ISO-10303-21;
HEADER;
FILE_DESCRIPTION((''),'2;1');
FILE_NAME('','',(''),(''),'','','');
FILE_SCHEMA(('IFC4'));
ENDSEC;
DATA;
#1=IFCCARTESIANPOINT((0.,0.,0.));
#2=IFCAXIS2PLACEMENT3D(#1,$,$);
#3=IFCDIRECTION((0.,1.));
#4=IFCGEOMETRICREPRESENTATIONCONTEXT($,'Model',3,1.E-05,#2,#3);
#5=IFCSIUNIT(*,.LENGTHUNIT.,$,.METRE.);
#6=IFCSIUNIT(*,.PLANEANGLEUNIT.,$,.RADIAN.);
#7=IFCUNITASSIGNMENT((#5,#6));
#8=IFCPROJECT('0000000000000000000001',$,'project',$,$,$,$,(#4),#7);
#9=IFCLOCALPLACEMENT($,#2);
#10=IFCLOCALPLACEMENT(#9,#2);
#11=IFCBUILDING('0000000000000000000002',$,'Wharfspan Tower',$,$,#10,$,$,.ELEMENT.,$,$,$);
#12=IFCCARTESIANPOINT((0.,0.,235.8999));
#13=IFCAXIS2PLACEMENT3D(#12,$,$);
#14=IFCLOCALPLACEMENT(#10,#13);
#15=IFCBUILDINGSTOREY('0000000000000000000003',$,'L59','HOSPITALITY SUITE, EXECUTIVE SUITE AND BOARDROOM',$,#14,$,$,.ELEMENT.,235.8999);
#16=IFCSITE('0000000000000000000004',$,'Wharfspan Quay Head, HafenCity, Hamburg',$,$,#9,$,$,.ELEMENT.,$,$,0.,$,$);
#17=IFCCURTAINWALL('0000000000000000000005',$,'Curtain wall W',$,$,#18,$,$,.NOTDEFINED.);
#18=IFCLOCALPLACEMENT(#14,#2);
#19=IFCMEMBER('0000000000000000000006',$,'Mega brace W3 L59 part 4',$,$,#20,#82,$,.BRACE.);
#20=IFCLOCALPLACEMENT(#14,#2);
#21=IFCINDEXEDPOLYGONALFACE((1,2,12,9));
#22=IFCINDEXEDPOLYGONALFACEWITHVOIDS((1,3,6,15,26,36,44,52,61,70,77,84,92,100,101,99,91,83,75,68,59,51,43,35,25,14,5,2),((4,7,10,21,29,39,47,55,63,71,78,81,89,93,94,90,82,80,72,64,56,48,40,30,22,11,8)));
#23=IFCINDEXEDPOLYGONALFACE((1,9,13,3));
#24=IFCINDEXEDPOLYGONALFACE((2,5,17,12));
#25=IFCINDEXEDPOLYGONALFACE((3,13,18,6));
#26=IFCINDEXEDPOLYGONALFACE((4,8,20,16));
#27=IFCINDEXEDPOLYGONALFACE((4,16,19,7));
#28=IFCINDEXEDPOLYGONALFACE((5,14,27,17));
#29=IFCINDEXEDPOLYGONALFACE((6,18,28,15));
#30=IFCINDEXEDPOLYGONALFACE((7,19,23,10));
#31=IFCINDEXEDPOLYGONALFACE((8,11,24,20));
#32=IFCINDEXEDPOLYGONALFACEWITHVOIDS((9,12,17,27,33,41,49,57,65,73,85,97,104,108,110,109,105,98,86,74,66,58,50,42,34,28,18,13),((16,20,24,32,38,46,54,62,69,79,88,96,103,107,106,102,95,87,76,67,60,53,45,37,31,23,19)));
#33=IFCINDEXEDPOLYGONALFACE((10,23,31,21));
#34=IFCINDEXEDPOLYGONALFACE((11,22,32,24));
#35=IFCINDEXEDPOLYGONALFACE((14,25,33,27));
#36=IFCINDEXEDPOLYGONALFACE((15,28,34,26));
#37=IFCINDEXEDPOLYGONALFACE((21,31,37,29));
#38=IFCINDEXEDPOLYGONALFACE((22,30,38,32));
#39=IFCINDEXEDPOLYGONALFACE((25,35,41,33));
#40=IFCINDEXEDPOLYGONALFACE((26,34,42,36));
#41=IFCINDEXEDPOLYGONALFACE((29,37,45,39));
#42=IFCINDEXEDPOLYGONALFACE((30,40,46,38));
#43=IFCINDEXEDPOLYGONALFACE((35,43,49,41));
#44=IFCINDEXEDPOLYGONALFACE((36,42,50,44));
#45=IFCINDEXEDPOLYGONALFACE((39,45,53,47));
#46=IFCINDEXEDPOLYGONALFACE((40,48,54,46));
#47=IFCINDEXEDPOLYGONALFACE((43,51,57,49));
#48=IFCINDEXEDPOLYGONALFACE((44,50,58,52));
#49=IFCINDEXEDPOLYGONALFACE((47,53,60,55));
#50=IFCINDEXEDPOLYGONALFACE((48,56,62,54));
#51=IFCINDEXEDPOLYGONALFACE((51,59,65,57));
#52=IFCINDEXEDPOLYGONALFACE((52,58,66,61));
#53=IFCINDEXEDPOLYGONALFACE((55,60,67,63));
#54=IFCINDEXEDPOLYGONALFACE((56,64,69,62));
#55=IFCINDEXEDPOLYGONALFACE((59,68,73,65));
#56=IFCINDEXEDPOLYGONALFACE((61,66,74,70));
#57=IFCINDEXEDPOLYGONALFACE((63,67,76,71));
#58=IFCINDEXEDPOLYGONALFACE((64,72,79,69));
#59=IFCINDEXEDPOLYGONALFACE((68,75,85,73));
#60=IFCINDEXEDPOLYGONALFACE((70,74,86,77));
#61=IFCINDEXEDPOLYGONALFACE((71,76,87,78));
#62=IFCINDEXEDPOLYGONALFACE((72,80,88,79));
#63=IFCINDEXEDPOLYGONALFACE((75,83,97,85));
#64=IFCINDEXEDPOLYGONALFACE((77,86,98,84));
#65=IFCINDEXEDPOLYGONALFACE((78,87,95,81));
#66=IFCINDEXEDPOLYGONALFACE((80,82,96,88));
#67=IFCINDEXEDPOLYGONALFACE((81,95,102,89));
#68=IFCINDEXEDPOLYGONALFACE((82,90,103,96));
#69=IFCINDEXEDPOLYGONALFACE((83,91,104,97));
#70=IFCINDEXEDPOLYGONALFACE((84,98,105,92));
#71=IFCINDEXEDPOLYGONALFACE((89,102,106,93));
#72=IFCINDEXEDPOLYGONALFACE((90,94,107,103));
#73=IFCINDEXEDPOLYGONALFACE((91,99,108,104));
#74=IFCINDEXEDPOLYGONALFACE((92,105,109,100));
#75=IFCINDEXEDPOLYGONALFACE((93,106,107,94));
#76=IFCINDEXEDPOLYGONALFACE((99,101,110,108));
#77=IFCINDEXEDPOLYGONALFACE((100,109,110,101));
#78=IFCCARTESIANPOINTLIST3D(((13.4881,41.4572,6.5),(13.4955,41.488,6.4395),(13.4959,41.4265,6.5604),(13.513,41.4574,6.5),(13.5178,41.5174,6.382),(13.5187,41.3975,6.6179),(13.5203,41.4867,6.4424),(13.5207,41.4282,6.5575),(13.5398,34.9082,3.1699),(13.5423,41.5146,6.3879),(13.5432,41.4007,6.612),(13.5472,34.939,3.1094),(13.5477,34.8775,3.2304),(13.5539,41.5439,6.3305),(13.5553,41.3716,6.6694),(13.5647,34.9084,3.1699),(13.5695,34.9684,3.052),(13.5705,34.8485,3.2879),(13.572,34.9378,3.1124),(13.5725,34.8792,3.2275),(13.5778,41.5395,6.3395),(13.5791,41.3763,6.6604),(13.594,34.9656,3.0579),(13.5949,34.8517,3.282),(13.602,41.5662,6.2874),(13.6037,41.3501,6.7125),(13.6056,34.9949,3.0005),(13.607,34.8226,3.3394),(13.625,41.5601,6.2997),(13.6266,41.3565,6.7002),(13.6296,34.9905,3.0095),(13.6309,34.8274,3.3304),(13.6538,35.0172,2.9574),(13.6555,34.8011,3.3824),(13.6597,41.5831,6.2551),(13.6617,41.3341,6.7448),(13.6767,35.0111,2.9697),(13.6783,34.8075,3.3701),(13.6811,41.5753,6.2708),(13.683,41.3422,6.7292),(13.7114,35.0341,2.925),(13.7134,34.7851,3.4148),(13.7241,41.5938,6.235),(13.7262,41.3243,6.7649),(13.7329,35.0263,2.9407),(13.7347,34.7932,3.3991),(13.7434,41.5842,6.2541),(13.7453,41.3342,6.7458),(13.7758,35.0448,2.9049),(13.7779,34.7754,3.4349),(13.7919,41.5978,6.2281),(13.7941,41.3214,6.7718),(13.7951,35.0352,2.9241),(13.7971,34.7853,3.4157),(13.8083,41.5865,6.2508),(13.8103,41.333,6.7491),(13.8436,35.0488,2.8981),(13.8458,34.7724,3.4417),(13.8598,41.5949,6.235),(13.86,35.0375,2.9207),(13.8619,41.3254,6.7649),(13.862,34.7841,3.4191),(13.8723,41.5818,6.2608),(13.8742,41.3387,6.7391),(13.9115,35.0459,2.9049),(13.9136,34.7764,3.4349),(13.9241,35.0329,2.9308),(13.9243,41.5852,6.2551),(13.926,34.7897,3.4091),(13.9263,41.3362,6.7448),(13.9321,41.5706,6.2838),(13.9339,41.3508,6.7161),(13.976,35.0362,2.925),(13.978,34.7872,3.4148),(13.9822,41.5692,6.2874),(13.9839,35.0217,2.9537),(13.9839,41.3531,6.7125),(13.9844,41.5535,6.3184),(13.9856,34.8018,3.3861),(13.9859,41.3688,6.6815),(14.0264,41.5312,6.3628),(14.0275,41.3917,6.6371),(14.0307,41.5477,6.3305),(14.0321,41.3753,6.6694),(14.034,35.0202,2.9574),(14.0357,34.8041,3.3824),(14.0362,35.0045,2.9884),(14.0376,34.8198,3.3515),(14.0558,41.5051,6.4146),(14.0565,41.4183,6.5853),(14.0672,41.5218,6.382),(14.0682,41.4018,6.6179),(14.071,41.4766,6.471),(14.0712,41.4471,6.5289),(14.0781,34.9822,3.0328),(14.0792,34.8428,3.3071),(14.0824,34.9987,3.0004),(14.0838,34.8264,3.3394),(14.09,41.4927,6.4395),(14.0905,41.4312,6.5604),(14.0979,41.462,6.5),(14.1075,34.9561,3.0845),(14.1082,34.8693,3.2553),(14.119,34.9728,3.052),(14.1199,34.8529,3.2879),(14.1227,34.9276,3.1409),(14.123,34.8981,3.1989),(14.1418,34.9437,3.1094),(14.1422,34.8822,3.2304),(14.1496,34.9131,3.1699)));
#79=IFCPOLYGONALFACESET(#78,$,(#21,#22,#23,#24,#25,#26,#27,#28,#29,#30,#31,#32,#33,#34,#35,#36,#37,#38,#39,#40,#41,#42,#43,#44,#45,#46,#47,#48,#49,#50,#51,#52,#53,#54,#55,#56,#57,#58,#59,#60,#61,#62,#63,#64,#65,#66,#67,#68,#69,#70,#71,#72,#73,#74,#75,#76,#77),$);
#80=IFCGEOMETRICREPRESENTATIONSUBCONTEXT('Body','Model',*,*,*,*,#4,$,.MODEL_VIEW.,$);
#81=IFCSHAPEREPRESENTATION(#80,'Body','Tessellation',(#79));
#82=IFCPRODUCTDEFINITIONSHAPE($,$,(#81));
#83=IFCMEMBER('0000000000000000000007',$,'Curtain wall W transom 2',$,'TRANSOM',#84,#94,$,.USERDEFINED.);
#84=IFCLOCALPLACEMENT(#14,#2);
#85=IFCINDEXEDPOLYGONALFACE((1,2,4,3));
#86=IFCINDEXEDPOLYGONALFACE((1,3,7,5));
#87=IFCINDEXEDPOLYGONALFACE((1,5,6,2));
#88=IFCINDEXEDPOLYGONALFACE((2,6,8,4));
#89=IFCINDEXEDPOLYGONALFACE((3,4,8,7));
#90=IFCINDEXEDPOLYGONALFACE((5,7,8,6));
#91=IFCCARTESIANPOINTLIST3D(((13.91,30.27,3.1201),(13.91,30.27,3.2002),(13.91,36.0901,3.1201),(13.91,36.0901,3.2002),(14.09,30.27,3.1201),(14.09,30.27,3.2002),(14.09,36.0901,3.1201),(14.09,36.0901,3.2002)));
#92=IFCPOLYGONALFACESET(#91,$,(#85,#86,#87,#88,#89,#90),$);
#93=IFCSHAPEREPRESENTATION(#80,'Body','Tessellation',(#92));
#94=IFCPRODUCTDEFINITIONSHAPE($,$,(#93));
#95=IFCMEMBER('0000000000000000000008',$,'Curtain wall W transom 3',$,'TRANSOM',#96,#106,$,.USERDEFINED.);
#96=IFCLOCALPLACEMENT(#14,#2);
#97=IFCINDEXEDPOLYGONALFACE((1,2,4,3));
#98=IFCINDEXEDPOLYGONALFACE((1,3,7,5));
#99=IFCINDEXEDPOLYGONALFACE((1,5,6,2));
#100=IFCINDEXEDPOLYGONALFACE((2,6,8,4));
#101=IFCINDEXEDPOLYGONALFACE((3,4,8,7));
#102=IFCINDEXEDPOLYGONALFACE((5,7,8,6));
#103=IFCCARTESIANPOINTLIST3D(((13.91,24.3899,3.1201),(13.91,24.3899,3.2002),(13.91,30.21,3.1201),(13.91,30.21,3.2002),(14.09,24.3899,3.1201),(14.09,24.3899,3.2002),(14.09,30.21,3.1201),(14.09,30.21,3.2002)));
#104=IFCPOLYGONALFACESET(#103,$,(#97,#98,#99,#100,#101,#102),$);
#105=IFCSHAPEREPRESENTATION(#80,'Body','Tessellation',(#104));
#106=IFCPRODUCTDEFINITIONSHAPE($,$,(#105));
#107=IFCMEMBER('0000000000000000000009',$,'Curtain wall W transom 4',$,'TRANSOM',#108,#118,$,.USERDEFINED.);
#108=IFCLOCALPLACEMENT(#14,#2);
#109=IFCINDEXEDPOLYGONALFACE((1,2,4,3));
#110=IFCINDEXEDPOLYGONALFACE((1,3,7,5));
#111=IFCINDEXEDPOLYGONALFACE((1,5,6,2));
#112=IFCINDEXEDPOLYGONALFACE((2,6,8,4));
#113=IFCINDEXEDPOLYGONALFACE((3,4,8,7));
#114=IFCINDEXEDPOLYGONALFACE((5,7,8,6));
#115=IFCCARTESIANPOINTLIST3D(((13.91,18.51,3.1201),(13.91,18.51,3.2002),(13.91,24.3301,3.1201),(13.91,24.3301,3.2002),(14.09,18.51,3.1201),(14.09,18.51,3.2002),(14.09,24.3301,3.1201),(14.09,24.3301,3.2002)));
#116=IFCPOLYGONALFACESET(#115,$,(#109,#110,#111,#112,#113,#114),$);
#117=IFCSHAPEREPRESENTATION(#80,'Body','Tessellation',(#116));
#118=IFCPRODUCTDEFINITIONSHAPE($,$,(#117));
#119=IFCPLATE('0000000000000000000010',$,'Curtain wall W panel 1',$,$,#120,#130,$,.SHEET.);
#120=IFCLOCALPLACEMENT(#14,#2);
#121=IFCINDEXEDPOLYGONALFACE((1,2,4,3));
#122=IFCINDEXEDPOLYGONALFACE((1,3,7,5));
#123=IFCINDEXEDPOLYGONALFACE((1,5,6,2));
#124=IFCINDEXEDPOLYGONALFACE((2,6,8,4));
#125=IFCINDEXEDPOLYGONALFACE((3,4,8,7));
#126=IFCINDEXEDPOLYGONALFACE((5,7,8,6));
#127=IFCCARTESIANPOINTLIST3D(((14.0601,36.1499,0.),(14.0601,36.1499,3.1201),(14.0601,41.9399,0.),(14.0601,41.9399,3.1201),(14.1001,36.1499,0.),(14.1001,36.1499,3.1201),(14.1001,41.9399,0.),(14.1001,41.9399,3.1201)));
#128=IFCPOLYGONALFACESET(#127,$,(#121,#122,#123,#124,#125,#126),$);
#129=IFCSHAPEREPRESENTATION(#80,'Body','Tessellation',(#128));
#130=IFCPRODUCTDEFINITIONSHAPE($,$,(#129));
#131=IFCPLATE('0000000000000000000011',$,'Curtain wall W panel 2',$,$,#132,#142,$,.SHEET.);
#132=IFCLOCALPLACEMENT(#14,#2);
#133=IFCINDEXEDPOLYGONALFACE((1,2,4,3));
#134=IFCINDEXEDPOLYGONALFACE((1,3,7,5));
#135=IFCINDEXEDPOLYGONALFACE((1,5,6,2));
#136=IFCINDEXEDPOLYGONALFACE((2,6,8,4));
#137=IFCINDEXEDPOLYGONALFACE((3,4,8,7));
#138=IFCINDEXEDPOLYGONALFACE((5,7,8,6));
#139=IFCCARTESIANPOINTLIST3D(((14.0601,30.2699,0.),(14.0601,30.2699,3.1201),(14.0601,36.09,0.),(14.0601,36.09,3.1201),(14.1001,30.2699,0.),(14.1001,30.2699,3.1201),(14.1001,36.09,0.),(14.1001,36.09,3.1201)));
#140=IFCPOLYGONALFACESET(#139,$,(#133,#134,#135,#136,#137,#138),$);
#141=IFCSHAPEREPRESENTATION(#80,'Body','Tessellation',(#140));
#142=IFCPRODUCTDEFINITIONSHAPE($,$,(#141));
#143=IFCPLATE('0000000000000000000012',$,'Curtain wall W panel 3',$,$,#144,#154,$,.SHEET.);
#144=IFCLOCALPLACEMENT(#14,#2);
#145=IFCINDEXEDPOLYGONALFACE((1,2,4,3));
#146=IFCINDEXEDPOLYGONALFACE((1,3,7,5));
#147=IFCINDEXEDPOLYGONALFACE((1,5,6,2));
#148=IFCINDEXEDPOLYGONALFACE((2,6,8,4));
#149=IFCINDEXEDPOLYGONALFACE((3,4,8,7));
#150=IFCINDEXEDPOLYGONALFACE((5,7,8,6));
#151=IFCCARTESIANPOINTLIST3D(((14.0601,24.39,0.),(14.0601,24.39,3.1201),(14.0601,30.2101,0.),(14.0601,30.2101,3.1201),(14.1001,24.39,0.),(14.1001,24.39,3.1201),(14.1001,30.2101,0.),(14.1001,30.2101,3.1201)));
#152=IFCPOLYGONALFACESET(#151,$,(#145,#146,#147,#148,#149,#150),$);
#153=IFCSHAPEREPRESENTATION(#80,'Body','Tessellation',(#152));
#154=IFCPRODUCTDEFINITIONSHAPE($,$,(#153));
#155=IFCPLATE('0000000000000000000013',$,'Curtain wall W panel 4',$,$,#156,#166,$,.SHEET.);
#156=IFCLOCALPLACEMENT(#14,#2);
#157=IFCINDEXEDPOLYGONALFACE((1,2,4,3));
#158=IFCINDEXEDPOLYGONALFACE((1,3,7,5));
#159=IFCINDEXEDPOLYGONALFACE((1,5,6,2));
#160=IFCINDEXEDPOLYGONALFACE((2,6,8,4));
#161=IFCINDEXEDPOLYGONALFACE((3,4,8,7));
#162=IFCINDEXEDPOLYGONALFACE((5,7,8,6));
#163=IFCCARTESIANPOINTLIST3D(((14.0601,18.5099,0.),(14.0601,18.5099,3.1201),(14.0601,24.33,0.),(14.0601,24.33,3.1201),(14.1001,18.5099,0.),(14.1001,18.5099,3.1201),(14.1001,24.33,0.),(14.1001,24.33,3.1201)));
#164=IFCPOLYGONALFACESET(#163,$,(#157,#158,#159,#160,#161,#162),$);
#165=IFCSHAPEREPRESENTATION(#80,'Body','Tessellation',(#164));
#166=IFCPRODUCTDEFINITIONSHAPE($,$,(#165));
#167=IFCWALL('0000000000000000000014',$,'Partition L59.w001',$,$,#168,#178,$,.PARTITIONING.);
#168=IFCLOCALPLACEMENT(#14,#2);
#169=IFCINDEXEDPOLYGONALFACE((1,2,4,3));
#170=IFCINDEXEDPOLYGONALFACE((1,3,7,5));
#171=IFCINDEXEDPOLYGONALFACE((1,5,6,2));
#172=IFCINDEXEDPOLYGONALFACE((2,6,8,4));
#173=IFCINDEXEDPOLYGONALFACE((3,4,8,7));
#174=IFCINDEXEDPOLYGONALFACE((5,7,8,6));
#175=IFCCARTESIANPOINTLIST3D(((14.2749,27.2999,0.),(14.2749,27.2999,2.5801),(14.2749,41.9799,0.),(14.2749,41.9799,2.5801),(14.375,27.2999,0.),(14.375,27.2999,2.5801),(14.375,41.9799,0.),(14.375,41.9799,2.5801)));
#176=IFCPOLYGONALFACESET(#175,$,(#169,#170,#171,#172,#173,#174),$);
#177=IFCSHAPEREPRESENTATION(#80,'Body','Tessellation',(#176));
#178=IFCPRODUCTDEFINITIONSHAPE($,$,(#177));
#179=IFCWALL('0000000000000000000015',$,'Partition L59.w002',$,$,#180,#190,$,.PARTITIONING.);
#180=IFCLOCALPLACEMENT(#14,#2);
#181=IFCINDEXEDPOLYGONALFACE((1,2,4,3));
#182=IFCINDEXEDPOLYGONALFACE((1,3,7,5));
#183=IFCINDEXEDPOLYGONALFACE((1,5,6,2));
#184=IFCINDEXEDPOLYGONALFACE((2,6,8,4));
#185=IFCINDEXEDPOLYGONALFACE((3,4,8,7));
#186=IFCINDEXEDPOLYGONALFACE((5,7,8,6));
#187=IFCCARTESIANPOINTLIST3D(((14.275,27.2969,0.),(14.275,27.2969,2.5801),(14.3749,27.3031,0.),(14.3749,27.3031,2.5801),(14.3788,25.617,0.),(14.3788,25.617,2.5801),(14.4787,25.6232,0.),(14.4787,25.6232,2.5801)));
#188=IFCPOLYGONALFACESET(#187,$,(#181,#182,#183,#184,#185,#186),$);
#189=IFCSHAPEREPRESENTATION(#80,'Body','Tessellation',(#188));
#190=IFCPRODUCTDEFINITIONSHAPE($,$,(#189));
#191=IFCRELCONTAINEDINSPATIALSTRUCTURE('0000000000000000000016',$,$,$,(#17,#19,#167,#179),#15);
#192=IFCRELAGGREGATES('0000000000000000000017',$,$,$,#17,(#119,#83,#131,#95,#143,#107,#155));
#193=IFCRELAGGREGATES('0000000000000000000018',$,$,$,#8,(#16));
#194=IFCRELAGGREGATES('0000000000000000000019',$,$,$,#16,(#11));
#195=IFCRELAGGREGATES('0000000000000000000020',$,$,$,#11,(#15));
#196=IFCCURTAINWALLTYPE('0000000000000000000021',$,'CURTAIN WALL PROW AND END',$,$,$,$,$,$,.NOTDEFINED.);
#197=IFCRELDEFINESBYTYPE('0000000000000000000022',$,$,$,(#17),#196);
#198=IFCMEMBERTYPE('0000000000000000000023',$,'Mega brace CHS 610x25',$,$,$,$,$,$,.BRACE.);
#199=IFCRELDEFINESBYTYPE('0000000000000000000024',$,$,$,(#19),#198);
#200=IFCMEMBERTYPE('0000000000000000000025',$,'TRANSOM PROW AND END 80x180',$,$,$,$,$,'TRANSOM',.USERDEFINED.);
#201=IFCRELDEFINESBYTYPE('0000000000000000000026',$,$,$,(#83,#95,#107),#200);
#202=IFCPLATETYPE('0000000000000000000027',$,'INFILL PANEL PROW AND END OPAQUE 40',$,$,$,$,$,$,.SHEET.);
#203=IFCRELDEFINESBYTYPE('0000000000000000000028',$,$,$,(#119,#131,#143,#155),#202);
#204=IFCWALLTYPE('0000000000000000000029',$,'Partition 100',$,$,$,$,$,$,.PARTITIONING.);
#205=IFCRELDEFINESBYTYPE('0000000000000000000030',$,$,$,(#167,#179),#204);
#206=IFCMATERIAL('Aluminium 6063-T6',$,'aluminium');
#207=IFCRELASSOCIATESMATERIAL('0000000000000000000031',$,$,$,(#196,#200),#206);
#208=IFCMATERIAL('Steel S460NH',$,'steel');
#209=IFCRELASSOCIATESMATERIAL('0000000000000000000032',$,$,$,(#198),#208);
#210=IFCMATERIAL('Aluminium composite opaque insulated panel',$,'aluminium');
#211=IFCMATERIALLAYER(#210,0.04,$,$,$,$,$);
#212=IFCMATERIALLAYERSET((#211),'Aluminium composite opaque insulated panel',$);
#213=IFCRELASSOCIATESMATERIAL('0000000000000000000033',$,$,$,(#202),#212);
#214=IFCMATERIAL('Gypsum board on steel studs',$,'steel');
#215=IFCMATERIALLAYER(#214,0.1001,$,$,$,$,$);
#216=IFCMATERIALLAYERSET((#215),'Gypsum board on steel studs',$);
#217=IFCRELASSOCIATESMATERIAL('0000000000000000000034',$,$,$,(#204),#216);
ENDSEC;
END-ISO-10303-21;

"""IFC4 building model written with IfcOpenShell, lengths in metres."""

from ifc_helpers import new_model, si_unit, direction, frame, frame_2d, origin, origin_2d, place, context, subcontext, project, spatial, rectangle, hollow_circle, extrude, material, layer, layer_set, material_profile, profile_set, type_object, element, aggregate, save


model = new_model("IFC4")

# Units and contexts
model_context = context("Model", 3, precision=1e-05, world=origin(), true_north=direction((0.0, 1.0)))
body_context = subcontext(model_context, "Body", "Model", "MODEL_VIEW")
ifc_project = project(units=[si_unit("LENGTHUNIT", "METRE"), si_unit("PLANEANGLEUNIT", "RADIAN")], contexts=[model_context])

# Site, building, storey
site_placement = place(None, origin())
site = spatial("IfcSite", under=ifc_project, at=site_placement, Name="Wharfspan Quay Head, HafenCity, Hamburg", CompositionType="ELEMENT", RefElevation=0.0)
building_placement = place(site_placement, origin())
building = spatial("IfcBuilding", under=site, at=building_placement, Name="Wharfspan Tower", CompositionType="ELEMENT")
storey_placement = place(building_placement, frame((0.0, 0.0, 235.8999)))
storey = spatial("IfcBuildingStorey", under=building, at=storey_placement, Name="L59", Description="HOSPITALITY SUITE, EXECUTIVE SUITE AND BOARDROOM", CompositionType="ELEMENT", Elevation=235.8999)

# Curtain wall
ifc_material_1 = material(Name="Aluminium 6063-T6", Category="aluminium")
curtain_wall_type = type_object("IfcCurtainWallType", Name="CURTAIN WALL PROW AND END", PredefinedType="NOTDEFINED", material=ifc_material_1)
curtain_wall_placement = place(storey_placement, origin())
curtain_wall = element("IfcCurtainWall", 1, at=curtain_wall_placement, inside=storey, type_object=curtain_wall_type, Name="Curtain wall W", PredefinedType="NOTDEFINED")

# Member
ifc_material_2 = material(Name="Steel S460NH", Category="steel")
ifc_material_profile_1 = material_profile(ifc_material_2, hollow_circle(Radius=0.3049, WallThickness=0.0249, at=origin_2d()))
ifc_profile_set_1 = profile_set([ifc_material_profile_1], Name="Steel S460NH")
member_type_1 = type_object("IfcMemberType", Name="Mega brace CHS 610x25", PredefinedType="BRACE", material=ifc_profile_set_1)
for number, where, z_axis, x_axis, name in (
    (2, (13.8447, 34.9106, 3.1699), (-0.007044, 0.891361, 0.45324), (-0.999973, -0.007904, 0.000003), "Mega brace W3 L59 part 4"),
):
    element("IfcMember", number, at=place(storey_placement, frame(where, z_axis=z_axis, x_axis=x_axis)), inside=storey, type_object=member_type_1, Name=name, PredefinedType="BRACE", context=body_context, shape_type="SweptSolid", body=[
        extrude(hollow_circle(Radius=0.3049, WallThickness=0.0249, at=origin_2d()), origin(), (0.0, 0.0, 1.0), 7.3472),
    ])

# Members
ifc_material_profile_2 = material_profile(ifc_material_1, rectangle(XDim=0.1799, YDim=0.0801, at=origin_2d()))
ifc_profile_set_2 = profile_set([ifc_material_profile_2], Name="Aluminium 6063-T6")
member_type_2 = type_object("IfcMemberType", Name="TRANSOM PROW AND END 80x180", ElementType="TRANSOM", PredefinedType="USERDEFINED", material=ifc_profile_set_2)
member_1_placement = place(storey_placement, frame((14.0, 36.0901, 3.1602), z_axis=(0.0, -1.0, 0.0), x_axis=(1.0, 0.0, 0.0)))
member_1 = element("IfcMember", 3, at=member_1_placement, type_object=member_type_2, Name="Curtain wall W transom 2", ObjectType="TRANSOM", PredefinedType="USERDEFINED", context=body_context, shape_type="SweptSolid", body=[
    extrude(rectangle(XDim=0.1799, YDim=0.0801, at=origin_2d()), origin(), (0.0, 0.0, 1.0), 5.8201),
])
member_2_placement = place(storey_placement, frame((14.0, 30.21, 3.1602), z_axis=(0.0, -1.0, 0.0), x_axis=(1.0, 0.0, 0.0)))
member_2 = element("IfcMember", 4, at=member_2_placement, type_object=member_type_2, Name="Curtain wall W transom 3", ObjectType="TRANSOM", PredefinedType="USERDEFINED", context=body_context, shape_type="SweptSolid", body=[
    extrude(rectangle(XDim=0.1799, YDim=0.0801, at=origin_2d()), origin(), (0.0, 0.0, 1.0), 5.8201),
])
member_3_placement = place(storey_placement, frame((14.0, 24.3301, 3.1602), z_axis=(0.0, -1.0, 0.0), x_axis=(1.0, 0.0, 0.0)))
member_3 = element("IfcMember", 5, at=member_3_placement, type_object=member_type_2, Name="Curtain wall W transom 4", ObjectType="TRANSOM", PredefinedType="USERDEFINED", context=body_context, shape_type="SweptSolid", body=[
    extrude(rectangle(XDim=0.1799, YDim=0.0801, at=origin_2d()), origin(), (0.0, 0.0, 1.0), 5.8201),
])

# Plates
ifc_material_3 = material(Name="Aluminium composite opaque insulated panel", Category="aluminium")
ifc_layer_1 = layer(ifc_material_3, 0.04)
ifc_layer_set_1 = layer_set([ifc_layer_1], Name="Aluminium composite opaque insulated panel")
plate_type = type_object("IfcPlateType", Name="INFILL PANEL PROW AND END OPAQUE 40", PredefinedType="SHEET", material=ifc_layer_set_1)
plate_1_placement = place(storey_placement, frame((14.0801, 39.0449, 0.0), z_axis=(0.0, 0.0, 1.0), x_axis=(0.0, -1.0, 0.0)))
plate_1 = element("IfcPlate", 6, at=plate_1_placement, type_object=plate_type, Name="Curtain wall W panel 1", PredefinedType="SHEET", context=body_context, shape_type="SweptSolid", body=[
    extrude(rectangle(XDim=5.79, YDim=0.04, at=origin_2d()), origin(), (0.0, 0.0, 1.0), 3.1201),
])
plate_2_placement = place(storey_placement, frame((14.0801, 33.1799, 0.0), z_axis=(0.0, 0.0, 1.0), x_axis=(0.0, -1.0, 0.0)))
plate_2 = element("IfcPlate", 7, at=plate_2_placement, type_object=plate_type, Name="Curtain wall W panel 2", PredefinedType="SHEET", context=body_context, shape_type="SweptSolid", body=[
    extrude(rectangle(XDim=5.8201, YDim=0.04, at=origin_2d()), origin(), (0.0, 0.0, 1.0), 3.1201),
])
plate_3_placement = place(storey_placement, frame((14.0801, 27.3, 0.0), z_axis=(0.0, 0.0, 1.0), x_axis=(0.0, -1.0, 0.0)))
plate_3 = element("IfcPlate", 8, at=plate_3_placement, type_object=plate_type, Name="Curtain wall W panel 3", PredefinedType="SHEET", context=body_context, shape_type="SweptSolid", body=[
    extrude(rectangle(XDim=5.8201, YDim=0.04, at=origin_2d()), origin(), (0.0, 0.0, 1.0), 3.1201),
])
plate_4_placement = place(storey_placement, frame((14.0801, 21.4199, 0.0), z_axis=(0.0, 0.0, 1.0), x_axis=(0.0, -1.0, 0.0)))
plate_4 = element("IfcPlate", 9, at=plate_4_placement, type_object=plate_type, Name="Curtain wall W panel 4", PredefinedType="SHEET", context=body_context, shape_type="SweptSolid", body=[
    extrude(rectangle(XDim=5.8201, YDim=0.04, at=origin_2d()), origin(), (0.0, 0.0, 1.0), 3.1201),
])
aggregate(curtain_wall, [plate_1, member_1, plate_2, member_2, plate_3, member_3, plate_4])

# Walls
ifc_material_4 = material(Name="Gypsum board on steel studs", Category="steel")
ifc_layer_2 = layer(ifc_material_4, 0.1001)
ifc_layer_set_2 = layer_set([ifc_layer_2], Name="Gypsum board on steel studs")
wall_type_1 = type_object("IfcWallType", Name="Partition 100", PredefinedType="PARTITIONING", material=ifc_layer_set_2)
wall_1_placement = place(storey_placement, frame((14.325, 27.3, 0.0), z_axis=(0.0, 0.0, 1.0), x_axis=(0.0, 1.0, 0.0)))
element("IfcWall", 10, at=wall_1_placement, inside=storey, type_object=wall_type_1, Name="Partition L59.w001", PredefinedType="PARTITIONING", context=body_context, shape_type="SweptSolid", body=[
    extrude(rectangle(XDim=14.6799, YDim=0.1001, at=frame_2d((7.3398, 0.0))), origin(), (0.0, 0.0, 1.0), 2.5801),
])
wall_2_placement = place(storey_placement, frame((14.4287, 25.6201, 0.0), z_axis=(0.0, 0.0, 1.0), x_axis=(-0.061647, 0.998101, 0.0)))
element("IfcWall", 11, at=wall_2_placement, inside=storey, type_object=wall_type_1, Name="Partition L59.w002", PredefinedType="PARTITIONING", context=body_context, shape_type="SweptSolid", body=[
    extrude(rectangle(XDim=1.6831, YDim=0.1001, at=frame_2d((0.8416, 0.0))), origin(), (0.0, 0.0, 1.0), 2.5801),
])

save(model, "model.ifc")
